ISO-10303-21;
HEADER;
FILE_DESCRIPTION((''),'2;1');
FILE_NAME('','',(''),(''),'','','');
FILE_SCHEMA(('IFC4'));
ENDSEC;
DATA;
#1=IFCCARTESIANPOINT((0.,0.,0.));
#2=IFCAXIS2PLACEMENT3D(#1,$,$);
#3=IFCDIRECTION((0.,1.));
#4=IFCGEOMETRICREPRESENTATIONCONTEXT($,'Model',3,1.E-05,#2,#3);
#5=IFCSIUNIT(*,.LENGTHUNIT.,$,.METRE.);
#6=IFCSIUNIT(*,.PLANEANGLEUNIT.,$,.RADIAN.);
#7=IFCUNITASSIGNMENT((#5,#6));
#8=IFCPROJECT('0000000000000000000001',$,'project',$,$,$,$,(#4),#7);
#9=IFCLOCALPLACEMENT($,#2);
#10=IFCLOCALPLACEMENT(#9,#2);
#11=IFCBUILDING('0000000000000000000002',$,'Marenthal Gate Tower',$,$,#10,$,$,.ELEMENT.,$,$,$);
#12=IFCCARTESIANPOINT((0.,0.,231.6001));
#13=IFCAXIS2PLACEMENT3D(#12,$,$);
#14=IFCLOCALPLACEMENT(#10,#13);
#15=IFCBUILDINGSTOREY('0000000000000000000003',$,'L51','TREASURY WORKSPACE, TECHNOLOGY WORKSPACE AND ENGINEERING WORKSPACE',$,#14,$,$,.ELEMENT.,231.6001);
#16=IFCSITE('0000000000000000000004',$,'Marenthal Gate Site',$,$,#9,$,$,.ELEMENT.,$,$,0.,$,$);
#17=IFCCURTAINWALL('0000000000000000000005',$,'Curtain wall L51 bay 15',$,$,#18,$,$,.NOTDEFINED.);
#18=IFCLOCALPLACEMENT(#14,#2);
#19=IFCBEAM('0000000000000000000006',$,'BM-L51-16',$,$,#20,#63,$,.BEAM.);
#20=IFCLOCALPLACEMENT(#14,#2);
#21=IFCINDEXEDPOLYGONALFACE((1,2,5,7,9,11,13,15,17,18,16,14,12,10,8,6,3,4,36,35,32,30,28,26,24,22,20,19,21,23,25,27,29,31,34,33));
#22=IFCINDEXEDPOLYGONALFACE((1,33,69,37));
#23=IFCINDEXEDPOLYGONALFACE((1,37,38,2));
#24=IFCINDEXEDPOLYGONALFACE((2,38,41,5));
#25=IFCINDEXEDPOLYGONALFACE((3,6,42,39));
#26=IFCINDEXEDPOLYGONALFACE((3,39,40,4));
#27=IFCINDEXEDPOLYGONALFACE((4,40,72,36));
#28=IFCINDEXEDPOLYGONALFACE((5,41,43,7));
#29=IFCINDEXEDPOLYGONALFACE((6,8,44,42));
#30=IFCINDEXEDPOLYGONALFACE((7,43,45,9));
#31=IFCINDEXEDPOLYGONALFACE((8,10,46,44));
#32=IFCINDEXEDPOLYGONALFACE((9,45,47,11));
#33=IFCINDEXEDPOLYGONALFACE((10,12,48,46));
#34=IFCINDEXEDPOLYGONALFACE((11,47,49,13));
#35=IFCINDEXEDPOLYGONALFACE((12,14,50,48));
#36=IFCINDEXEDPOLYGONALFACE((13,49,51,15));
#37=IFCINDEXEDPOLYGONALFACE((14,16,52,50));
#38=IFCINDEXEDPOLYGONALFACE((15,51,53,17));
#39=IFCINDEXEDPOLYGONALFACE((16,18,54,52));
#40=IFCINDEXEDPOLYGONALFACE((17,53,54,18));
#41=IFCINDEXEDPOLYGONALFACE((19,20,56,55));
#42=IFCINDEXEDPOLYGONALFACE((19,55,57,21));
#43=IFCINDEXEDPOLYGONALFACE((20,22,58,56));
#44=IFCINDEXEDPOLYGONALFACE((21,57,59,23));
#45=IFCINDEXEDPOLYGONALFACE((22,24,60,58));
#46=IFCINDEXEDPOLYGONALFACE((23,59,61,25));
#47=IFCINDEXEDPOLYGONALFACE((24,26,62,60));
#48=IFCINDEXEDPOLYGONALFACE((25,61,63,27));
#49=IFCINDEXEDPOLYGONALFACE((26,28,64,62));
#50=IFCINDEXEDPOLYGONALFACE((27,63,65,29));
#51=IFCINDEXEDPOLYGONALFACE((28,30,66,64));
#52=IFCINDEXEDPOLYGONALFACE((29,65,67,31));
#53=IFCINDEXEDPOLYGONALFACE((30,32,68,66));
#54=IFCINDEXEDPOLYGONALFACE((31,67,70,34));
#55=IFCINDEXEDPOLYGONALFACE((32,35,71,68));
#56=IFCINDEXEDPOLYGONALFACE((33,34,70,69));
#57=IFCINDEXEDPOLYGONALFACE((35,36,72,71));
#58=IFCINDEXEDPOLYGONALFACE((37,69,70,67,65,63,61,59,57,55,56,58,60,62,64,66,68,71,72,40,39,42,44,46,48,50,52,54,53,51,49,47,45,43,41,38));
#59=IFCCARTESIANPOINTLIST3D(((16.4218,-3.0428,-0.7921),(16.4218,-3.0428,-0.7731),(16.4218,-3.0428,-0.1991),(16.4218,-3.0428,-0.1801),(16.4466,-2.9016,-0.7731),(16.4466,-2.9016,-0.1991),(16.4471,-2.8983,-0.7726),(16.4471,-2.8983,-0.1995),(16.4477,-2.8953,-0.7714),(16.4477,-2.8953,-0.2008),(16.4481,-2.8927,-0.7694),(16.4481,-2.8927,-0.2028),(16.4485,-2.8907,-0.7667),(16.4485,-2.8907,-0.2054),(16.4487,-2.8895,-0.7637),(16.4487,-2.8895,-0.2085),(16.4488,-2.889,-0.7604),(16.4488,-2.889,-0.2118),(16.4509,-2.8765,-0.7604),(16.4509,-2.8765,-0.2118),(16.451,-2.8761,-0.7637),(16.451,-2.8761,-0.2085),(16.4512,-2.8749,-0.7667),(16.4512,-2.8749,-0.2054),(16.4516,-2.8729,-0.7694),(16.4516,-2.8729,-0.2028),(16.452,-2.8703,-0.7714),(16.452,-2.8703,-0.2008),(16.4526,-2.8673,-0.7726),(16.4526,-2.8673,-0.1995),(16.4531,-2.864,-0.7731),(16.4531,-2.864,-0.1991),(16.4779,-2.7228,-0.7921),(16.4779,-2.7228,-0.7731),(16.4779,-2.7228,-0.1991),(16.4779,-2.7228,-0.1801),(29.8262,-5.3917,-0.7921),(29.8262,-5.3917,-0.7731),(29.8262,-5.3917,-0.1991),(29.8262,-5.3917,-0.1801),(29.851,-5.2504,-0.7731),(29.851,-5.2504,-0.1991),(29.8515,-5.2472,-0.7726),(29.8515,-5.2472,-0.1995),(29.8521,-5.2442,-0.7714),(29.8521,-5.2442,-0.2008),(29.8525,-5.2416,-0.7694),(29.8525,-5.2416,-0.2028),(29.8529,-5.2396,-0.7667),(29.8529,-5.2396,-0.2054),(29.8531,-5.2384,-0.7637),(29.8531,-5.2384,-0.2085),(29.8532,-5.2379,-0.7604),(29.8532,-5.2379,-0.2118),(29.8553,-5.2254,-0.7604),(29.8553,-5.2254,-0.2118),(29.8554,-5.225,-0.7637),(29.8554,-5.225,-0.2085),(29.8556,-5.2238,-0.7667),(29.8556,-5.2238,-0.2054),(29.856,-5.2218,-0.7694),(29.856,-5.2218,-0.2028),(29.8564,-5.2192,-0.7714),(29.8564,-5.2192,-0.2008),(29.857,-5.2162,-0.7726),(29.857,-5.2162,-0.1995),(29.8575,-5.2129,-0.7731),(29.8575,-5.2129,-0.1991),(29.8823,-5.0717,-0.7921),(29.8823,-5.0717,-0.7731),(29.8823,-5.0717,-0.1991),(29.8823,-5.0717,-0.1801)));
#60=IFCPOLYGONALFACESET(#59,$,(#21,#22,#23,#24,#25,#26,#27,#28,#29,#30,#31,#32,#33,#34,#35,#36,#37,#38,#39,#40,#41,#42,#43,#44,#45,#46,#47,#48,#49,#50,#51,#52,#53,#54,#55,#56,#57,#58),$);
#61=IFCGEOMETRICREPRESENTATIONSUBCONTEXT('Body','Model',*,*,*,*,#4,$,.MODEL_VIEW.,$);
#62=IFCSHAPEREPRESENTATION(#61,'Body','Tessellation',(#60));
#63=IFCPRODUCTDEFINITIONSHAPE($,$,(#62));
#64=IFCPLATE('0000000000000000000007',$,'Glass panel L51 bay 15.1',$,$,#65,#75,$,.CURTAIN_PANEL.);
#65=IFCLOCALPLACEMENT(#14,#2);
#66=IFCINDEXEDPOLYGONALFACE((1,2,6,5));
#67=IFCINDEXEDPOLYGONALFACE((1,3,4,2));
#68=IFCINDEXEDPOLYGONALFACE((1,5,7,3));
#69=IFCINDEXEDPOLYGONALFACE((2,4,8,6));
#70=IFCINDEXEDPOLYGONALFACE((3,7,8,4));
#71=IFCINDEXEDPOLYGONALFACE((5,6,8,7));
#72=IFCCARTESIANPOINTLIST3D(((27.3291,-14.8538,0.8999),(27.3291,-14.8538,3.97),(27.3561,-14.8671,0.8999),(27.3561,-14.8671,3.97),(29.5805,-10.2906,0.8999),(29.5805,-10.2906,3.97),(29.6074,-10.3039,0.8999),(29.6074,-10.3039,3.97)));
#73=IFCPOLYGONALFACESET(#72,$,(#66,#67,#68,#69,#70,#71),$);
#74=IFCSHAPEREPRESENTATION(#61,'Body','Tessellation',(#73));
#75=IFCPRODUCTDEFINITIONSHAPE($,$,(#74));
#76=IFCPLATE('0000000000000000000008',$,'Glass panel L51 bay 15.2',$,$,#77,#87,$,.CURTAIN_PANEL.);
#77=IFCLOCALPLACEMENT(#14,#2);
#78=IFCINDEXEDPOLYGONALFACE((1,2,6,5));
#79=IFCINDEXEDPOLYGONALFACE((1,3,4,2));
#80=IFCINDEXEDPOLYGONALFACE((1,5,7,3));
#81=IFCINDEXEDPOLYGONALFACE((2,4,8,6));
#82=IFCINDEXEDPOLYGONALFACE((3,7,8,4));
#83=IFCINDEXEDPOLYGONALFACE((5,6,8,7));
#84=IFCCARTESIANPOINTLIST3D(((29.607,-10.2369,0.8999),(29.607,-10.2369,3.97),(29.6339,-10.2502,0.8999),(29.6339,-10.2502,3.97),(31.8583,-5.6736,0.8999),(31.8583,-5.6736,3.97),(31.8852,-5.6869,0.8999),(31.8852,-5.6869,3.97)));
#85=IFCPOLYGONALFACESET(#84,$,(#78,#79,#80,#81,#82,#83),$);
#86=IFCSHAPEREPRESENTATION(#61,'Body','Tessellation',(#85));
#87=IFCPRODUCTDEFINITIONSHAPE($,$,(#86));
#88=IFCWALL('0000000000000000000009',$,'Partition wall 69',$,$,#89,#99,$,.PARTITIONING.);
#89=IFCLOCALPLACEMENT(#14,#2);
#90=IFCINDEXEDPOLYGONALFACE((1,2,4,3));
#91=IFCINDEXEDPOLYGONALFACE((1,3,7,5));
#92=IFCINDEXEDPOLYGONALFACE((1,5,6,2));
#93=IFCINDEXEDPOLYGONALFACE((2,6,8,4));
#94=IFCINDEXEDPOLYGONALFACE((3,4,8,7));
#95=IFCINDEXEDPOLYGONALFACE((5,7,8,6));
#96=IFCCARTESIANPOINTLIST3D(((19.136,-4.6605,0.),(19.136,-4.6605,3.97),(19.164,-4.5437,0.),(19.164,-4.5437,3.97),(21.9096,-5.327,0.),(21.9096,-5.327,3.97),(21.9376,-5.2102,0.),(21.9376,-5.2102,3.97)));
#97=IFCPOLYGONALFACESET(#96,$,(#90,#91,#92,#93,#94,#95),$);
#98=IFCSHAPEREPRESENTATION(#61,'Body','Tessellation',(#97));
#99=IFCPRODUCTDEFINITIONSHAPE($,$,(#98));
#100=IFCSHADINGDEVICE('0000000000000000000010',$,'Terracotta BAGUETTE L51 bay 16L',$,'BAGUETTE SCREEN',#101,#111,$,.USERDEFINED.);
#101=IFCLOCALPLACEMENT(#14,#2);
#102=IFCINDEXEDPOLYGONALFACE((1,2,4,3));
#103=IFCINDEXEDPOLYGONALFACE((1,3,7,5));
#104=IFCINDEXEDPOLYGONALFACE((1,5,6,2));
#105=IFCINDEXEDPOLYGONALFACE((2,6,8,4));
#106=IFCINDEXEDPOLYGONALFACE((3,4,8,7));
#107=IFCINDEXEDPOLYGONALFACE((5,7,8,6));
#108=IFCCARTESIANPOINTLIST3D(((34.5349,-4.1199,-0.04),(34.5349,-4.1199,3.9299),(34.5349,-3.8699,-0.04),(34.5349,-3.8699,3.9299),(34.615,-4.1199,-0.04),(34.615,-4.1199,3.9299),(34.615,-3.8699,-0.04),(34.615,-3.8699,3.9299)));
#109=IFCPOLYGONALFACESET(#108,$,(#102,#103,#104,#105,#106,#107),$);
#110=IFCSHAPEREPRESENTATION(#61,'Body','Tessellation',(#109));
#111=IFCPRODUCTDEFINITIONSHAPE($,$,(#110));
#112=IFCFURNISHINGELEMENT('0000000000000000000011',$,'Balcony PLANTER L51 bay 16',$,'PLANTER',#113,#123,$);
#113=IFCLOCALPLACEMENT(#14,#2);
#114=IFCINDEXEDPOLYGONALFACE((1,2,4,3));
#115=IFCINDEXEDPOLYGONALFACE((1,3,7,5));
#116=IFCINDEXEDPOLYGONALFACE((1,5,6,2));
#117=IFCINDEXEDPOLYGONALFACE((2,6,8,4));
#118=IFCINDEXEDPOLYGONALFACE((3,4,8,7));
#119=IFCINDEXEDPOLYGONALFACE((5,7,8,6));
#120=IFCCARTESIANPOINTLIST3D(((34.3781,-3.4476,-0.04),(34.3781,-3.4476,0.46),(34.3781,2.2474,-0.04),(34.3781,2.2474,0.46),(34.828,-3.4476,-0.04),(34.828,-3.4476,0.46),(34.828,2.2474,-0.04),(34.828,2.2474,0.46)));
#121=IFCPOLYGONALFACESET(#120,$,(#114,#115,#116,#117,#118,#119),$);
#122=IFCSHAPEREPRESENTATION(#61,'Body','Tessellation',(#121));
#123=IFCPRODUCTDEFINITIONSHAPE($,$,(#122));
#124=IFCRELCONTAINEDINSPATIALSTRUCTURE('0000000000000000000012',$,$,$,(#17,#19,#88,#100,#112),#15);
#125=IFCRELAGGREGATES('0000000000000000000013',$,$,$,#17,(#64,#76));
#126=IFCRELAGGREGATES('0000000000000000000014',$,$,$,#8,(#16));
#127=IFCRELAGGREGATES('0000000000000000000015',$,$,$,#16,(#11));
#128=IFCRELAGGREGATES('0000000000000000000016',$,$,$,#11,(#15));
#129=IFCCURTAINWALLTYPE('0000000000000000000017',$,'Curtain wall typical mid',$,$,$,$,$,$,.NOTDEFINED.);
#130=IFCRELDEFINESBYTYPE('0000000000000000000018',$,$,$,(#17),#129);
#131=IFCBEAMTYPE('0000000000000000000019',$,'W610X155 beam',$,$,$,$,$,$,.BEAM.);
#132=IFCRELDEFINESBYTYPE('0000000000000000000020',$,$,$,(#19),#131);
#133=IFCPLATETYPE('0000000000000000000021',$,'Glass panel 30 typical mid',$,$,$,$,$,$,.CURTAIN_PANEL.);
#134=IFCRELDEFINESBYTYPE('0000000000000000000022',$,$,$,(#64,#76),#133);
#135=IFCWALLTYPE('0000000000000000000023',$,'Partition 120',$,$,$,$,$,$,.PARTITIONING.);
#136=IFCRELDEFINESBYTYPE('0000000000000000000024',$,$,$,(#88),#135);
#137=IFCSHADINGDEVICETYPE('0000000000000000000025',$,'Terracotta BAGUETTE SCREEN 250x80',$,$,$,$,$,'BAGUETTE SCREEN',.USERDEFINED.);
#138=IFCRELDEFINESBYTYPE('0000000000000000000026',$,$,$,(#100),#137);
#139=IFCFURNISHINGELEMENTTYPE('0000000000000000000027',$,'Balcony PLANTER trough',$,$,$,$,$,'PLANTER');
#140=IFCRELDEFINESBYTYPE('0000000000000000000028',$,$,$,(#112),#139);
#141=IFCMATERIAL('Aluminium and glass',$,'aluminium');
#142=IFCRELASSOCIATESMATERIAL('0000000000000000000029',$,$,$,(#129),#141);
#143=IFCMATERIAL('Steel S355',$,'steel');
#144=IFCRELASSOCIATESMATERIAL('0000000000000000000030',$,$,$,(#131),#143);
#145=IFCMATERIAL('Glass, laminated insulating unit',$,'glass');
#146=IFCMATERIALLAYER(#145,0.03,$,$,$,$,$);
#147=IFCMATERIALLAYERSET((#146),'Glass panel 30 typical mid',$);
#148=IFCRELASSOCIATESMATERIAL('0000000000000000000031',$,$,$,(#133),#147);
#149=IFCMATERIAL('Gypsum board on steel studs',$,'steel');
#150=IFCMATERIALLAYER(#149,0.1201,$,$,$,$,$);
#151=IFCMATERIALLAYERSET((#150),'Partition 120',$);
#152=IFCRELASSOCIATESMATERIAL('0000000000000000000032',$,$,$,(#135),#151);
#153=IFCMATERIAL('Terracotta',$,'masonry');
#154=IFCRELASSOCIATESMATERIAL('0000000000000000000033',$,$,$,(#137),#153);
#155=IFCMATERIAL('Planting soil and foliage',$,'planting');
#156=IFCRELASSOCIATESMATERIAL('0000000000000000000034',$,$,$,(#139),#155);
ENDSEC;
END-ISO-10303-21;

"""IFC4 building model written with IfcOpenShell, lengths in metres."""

from ifc_helpers import new_model, si_unit, direction, frame, frame_2d, origin, origin_2d, place, context, subcontext, project, spatial, rectangle, i_section, extrude, material, layer, layer_set, material_profile, profile_set, type_object, element, aggregate, save


model = new_model("IFC4")

# Units and contexts
model_context = context("Model", 3, precision=1e-05, world=origin(), true_north=direction((0.0, 1.0)))
body_context = subcontext(model_context, "Body", "Model", "MODEL_VIEW")
ifc_project = project(units=[si_unit("LENGTHUNIT", "METRE"), si_unit("PLANEANGLEUNIT", "RADIAN")], contexts=[model_context])

# Site, building, storey
site_placement = place(None, origin())
site = spatial("IfcSite", under=ifc_project, at=site_placement, Name="Marenthal Gate Site", CompositionType="ELEMENT", RefElevation=0.0)
building_placement = place(site_placement, origin())
building = spatial("IfcBuilding", under=site, at=building_placement, Name="Marenthal Gate Tower", CompositionType="ELEMENT")
storey_placement = place(building_placement, frame((0.0, 0.0, 231.6001)))
storey = spatial("IfcBuildingStorey", under=building, at=storey_placement, Name="L51", Description="TREASURY WORKSPACE, TECHNOLOGY WORKSPACE AND ENGINEERING WORKSPACE", CompositionType="ELEMENT", Elevation=231.6001)

# Curtain wall
ifc_material_1 = material(Name="Aluminium and glass", Category="aluminium")
curtain_wall_type = type_object("IfcCurtainWallType", Name="Curtain wall typical mid", PredefinedType="NOTDEFINED", material=ifc_material_1)
curtain_wall_placement = place(storey_placement, origin())
curtain_wall = element("IfcCurtainWall", 1, at=curtain_wall_placement, inside=storey, type_object=curtain_wall_type, Name="Curtain wall L51 bay 15", PredefinedType="NOTDEFINED")

# Beam
ifc_material_2 = material(Name="Steel S355", Category="steel")
ifc_material_profile_1 = material_profile(ifc_material_2, i_section(OverallWidth=0.325, OverallDepth=0.6121, WebThickness=0.0127, FlangeThickness=0.019, FilletRadius=0.0127, at=origin_2d()), Name="W610X155")
ifc_profile_set_1 = profile_set([ifc_material_profile_1], Name="Steel S355")
beam_type_1 = type_object("IfcBeamType", Name="W610X155 beam", PredefinedType="BEAM", material=ifc_profile_set_1)
beam_1_placement = place(storey_placement, frame((29.8542, -5.2317, -0.4861), z_axis=(-0.984991, 0.172603, 0.0), x_axis=(-0.172603, -0.984991, 0.0)))
element("IfcBeam", 2, at=beam_1_placement, inside=storey, type_object=beam_type_1, Name="BM-L51-16", PredefinedType="BEAM", context=body_context, shape_type="SweptSolid", body=[
    extrude(i_section(OverallWidth=0.325, OverallDepth=0.6121, WebThickness=0.0127, FlangeThickness=0.019, FilletRadius=0.0127, at=origin_2d()), origin(), (0.0, 0.0, 1.0), 13.6086),
])

# Plates
ifc_material_3 = material(Name="Glass, laminated insulating unit", Category="glass")
ifc_layer_1 = layer(ifc_material_3, 0.03)
ifc_layer_set_1 = layer_set([ifc_layer_1], Name="Glass panel 30 typical mid")
plate_type = type_object("IfcPlateType", Name="Glass panel 30 typical mid", PredefinedType="CURTAIN_PANEL", material=ifc_layer_set_1)
plate_1_placement = place(storey_placement, frame((28.4683, -12.5789, 0.8999), z_axis=(0.0, 0.0, 1.0), x_axis=(0.442441, 0.896798, 0.0)))
plate_1 = element("IfcPlate", 3, at=plate_1_placement, type_object=plate_type, Name="Glass panel L51 bay 15.1", PredefinedType="CURTAIN_PANEL", context=body_context, shape_type="SweptSolid", body=[
    extrude(rectangle(XDim=5.0884, YDim=0.03, at=origin_2d()), origin(), (0.0, 0.0, 1.0), 3.0701),
])
plate_2_placement = place(storey_placement, frame((30.7461, -7.9619, 0.8999), z_axis=(0.0, 0.0, 1.0), x_axis=(0.442441, 0.896798, 0.0)))
plate_2 = element("IfcPlate", 4, at=plate_2_placement, type_object=plate_type, Name="Glass panel L51 bay 15.2", PredefinedType="CURTAIN_PANEL", context=body_context, shape_type="SweptSolid", body=[
    extrude(rectangle(XDim=5.0884, YDim=0.03, at=origin_2d()), origin(), (0.0, 0.0, 1.0), 3.0701),
])
aggregate(curtain_wall, [plate_1, plate_2])

# Wall
ifc_material_4 = material(Name="Gypsum board on steel studs", Category="steel")
ifc_layer_2 = layer(ifc_material_4, 0.1201)
ifc_layer_set_2 = layer_set([ifc_layer_2], Name="Partition 120")
wall_type_1 = type_object("IfcWallType", Name="Partition 120", PredefinedType="PARTITIONING", material=ifc_layer_set_2)
wall_1_placement = place(storey_placement, frame((21.9236, -5.2686, 0.0), z_axis=(0.0, 0.0, 1.0), x_axis=(-0.972322, 0.233645, 0.0)))
element("IfcWall", 5, at=wall_1_placement, inside=storey, type_object=wall_type_1, Name="Partition wall 69", PredefinedType="PARTITIONING", context=body_context, shape_type="SweptSolid", body=[
    extrude(rectangle(XDim=2.8525, YDim=0.1201, at=frame_2d((1.4263, 0.0))), origin(), (0.0, 0.0, 1.0), 3.97),
])

# Shading device
ifc_material_5 = material(Name="Terracotta", Category="masonry")
ifc_material_profile_2 = material_profile(ifc_material_5, rectangle(XDim=0.25, YDim=0.0801, at=origin_2d()), Name="Terracotta baguette 250x80")
ifc_profile_set_2 = profile_set([ifc_material_profile_2], Name="Terracotta")
shading_device_type = type_object("IfcShadingDeviceType", Name="Terracotta BAGUETTE SCREEN 250x80", ElementType="BAGUETTE SCREEN", PredefinedType="USERDEFINED", material=ifc_profile_set_2)
shading_device_placement = place(storey_placement, frame((34.575, -3.9949, -0.04), z_axis=(0.0, 0.0, 1.0), x_axis=(0.0, 1.0, 0.0)))
element("IfcShadingDevice", 6, at=shading_device_placement, inside=storey, type_object=shading_device_type, Name="Terracotta BAGUETTE L51 bay 16L", ObjectType="BAGUETTE SCREEN", PredefinedType="USERDEFINED", context=body_context, shape_type="SweptSolid", body=[
    extrude(rectangle(XDim=0.25, YDim=0.0801, at=origin_2d()), origin(), (0.0, 0.0, 1.0), 3.97),
])

# Furnishing element
ifc_material_6 = material(Name="Planting soil and foliage", Category="planting")
furnishing_element_type = type_object("IfcFurnishingElementType", Name="Balcony PLANTER trough", ElementType="PLANTER", material=ifc_material_6)
furnishing_placement = place(storey_placement, frame((34.603, -0.6001, -0.04), z_axis=(0.0, 0.0, 1.0), x_axis=(0.0, 1.0, 0.0)))
element("IfcFurnishingElement", 7, at=furnishing_placement, inside=storey, type_object=furnishing_element_type, Name="Balcony PLANTER L51 bay 16", ObjectType="PLANTER", context=body_context, shape_type="SweptSolid", body=[
    extrude(rectangle(XDim=5.6951, YDim=0.45, at=origin_2d()), origin(), (0.0, 0.0, 1.0), 0.5),
])

save(model, "model.ifc")
